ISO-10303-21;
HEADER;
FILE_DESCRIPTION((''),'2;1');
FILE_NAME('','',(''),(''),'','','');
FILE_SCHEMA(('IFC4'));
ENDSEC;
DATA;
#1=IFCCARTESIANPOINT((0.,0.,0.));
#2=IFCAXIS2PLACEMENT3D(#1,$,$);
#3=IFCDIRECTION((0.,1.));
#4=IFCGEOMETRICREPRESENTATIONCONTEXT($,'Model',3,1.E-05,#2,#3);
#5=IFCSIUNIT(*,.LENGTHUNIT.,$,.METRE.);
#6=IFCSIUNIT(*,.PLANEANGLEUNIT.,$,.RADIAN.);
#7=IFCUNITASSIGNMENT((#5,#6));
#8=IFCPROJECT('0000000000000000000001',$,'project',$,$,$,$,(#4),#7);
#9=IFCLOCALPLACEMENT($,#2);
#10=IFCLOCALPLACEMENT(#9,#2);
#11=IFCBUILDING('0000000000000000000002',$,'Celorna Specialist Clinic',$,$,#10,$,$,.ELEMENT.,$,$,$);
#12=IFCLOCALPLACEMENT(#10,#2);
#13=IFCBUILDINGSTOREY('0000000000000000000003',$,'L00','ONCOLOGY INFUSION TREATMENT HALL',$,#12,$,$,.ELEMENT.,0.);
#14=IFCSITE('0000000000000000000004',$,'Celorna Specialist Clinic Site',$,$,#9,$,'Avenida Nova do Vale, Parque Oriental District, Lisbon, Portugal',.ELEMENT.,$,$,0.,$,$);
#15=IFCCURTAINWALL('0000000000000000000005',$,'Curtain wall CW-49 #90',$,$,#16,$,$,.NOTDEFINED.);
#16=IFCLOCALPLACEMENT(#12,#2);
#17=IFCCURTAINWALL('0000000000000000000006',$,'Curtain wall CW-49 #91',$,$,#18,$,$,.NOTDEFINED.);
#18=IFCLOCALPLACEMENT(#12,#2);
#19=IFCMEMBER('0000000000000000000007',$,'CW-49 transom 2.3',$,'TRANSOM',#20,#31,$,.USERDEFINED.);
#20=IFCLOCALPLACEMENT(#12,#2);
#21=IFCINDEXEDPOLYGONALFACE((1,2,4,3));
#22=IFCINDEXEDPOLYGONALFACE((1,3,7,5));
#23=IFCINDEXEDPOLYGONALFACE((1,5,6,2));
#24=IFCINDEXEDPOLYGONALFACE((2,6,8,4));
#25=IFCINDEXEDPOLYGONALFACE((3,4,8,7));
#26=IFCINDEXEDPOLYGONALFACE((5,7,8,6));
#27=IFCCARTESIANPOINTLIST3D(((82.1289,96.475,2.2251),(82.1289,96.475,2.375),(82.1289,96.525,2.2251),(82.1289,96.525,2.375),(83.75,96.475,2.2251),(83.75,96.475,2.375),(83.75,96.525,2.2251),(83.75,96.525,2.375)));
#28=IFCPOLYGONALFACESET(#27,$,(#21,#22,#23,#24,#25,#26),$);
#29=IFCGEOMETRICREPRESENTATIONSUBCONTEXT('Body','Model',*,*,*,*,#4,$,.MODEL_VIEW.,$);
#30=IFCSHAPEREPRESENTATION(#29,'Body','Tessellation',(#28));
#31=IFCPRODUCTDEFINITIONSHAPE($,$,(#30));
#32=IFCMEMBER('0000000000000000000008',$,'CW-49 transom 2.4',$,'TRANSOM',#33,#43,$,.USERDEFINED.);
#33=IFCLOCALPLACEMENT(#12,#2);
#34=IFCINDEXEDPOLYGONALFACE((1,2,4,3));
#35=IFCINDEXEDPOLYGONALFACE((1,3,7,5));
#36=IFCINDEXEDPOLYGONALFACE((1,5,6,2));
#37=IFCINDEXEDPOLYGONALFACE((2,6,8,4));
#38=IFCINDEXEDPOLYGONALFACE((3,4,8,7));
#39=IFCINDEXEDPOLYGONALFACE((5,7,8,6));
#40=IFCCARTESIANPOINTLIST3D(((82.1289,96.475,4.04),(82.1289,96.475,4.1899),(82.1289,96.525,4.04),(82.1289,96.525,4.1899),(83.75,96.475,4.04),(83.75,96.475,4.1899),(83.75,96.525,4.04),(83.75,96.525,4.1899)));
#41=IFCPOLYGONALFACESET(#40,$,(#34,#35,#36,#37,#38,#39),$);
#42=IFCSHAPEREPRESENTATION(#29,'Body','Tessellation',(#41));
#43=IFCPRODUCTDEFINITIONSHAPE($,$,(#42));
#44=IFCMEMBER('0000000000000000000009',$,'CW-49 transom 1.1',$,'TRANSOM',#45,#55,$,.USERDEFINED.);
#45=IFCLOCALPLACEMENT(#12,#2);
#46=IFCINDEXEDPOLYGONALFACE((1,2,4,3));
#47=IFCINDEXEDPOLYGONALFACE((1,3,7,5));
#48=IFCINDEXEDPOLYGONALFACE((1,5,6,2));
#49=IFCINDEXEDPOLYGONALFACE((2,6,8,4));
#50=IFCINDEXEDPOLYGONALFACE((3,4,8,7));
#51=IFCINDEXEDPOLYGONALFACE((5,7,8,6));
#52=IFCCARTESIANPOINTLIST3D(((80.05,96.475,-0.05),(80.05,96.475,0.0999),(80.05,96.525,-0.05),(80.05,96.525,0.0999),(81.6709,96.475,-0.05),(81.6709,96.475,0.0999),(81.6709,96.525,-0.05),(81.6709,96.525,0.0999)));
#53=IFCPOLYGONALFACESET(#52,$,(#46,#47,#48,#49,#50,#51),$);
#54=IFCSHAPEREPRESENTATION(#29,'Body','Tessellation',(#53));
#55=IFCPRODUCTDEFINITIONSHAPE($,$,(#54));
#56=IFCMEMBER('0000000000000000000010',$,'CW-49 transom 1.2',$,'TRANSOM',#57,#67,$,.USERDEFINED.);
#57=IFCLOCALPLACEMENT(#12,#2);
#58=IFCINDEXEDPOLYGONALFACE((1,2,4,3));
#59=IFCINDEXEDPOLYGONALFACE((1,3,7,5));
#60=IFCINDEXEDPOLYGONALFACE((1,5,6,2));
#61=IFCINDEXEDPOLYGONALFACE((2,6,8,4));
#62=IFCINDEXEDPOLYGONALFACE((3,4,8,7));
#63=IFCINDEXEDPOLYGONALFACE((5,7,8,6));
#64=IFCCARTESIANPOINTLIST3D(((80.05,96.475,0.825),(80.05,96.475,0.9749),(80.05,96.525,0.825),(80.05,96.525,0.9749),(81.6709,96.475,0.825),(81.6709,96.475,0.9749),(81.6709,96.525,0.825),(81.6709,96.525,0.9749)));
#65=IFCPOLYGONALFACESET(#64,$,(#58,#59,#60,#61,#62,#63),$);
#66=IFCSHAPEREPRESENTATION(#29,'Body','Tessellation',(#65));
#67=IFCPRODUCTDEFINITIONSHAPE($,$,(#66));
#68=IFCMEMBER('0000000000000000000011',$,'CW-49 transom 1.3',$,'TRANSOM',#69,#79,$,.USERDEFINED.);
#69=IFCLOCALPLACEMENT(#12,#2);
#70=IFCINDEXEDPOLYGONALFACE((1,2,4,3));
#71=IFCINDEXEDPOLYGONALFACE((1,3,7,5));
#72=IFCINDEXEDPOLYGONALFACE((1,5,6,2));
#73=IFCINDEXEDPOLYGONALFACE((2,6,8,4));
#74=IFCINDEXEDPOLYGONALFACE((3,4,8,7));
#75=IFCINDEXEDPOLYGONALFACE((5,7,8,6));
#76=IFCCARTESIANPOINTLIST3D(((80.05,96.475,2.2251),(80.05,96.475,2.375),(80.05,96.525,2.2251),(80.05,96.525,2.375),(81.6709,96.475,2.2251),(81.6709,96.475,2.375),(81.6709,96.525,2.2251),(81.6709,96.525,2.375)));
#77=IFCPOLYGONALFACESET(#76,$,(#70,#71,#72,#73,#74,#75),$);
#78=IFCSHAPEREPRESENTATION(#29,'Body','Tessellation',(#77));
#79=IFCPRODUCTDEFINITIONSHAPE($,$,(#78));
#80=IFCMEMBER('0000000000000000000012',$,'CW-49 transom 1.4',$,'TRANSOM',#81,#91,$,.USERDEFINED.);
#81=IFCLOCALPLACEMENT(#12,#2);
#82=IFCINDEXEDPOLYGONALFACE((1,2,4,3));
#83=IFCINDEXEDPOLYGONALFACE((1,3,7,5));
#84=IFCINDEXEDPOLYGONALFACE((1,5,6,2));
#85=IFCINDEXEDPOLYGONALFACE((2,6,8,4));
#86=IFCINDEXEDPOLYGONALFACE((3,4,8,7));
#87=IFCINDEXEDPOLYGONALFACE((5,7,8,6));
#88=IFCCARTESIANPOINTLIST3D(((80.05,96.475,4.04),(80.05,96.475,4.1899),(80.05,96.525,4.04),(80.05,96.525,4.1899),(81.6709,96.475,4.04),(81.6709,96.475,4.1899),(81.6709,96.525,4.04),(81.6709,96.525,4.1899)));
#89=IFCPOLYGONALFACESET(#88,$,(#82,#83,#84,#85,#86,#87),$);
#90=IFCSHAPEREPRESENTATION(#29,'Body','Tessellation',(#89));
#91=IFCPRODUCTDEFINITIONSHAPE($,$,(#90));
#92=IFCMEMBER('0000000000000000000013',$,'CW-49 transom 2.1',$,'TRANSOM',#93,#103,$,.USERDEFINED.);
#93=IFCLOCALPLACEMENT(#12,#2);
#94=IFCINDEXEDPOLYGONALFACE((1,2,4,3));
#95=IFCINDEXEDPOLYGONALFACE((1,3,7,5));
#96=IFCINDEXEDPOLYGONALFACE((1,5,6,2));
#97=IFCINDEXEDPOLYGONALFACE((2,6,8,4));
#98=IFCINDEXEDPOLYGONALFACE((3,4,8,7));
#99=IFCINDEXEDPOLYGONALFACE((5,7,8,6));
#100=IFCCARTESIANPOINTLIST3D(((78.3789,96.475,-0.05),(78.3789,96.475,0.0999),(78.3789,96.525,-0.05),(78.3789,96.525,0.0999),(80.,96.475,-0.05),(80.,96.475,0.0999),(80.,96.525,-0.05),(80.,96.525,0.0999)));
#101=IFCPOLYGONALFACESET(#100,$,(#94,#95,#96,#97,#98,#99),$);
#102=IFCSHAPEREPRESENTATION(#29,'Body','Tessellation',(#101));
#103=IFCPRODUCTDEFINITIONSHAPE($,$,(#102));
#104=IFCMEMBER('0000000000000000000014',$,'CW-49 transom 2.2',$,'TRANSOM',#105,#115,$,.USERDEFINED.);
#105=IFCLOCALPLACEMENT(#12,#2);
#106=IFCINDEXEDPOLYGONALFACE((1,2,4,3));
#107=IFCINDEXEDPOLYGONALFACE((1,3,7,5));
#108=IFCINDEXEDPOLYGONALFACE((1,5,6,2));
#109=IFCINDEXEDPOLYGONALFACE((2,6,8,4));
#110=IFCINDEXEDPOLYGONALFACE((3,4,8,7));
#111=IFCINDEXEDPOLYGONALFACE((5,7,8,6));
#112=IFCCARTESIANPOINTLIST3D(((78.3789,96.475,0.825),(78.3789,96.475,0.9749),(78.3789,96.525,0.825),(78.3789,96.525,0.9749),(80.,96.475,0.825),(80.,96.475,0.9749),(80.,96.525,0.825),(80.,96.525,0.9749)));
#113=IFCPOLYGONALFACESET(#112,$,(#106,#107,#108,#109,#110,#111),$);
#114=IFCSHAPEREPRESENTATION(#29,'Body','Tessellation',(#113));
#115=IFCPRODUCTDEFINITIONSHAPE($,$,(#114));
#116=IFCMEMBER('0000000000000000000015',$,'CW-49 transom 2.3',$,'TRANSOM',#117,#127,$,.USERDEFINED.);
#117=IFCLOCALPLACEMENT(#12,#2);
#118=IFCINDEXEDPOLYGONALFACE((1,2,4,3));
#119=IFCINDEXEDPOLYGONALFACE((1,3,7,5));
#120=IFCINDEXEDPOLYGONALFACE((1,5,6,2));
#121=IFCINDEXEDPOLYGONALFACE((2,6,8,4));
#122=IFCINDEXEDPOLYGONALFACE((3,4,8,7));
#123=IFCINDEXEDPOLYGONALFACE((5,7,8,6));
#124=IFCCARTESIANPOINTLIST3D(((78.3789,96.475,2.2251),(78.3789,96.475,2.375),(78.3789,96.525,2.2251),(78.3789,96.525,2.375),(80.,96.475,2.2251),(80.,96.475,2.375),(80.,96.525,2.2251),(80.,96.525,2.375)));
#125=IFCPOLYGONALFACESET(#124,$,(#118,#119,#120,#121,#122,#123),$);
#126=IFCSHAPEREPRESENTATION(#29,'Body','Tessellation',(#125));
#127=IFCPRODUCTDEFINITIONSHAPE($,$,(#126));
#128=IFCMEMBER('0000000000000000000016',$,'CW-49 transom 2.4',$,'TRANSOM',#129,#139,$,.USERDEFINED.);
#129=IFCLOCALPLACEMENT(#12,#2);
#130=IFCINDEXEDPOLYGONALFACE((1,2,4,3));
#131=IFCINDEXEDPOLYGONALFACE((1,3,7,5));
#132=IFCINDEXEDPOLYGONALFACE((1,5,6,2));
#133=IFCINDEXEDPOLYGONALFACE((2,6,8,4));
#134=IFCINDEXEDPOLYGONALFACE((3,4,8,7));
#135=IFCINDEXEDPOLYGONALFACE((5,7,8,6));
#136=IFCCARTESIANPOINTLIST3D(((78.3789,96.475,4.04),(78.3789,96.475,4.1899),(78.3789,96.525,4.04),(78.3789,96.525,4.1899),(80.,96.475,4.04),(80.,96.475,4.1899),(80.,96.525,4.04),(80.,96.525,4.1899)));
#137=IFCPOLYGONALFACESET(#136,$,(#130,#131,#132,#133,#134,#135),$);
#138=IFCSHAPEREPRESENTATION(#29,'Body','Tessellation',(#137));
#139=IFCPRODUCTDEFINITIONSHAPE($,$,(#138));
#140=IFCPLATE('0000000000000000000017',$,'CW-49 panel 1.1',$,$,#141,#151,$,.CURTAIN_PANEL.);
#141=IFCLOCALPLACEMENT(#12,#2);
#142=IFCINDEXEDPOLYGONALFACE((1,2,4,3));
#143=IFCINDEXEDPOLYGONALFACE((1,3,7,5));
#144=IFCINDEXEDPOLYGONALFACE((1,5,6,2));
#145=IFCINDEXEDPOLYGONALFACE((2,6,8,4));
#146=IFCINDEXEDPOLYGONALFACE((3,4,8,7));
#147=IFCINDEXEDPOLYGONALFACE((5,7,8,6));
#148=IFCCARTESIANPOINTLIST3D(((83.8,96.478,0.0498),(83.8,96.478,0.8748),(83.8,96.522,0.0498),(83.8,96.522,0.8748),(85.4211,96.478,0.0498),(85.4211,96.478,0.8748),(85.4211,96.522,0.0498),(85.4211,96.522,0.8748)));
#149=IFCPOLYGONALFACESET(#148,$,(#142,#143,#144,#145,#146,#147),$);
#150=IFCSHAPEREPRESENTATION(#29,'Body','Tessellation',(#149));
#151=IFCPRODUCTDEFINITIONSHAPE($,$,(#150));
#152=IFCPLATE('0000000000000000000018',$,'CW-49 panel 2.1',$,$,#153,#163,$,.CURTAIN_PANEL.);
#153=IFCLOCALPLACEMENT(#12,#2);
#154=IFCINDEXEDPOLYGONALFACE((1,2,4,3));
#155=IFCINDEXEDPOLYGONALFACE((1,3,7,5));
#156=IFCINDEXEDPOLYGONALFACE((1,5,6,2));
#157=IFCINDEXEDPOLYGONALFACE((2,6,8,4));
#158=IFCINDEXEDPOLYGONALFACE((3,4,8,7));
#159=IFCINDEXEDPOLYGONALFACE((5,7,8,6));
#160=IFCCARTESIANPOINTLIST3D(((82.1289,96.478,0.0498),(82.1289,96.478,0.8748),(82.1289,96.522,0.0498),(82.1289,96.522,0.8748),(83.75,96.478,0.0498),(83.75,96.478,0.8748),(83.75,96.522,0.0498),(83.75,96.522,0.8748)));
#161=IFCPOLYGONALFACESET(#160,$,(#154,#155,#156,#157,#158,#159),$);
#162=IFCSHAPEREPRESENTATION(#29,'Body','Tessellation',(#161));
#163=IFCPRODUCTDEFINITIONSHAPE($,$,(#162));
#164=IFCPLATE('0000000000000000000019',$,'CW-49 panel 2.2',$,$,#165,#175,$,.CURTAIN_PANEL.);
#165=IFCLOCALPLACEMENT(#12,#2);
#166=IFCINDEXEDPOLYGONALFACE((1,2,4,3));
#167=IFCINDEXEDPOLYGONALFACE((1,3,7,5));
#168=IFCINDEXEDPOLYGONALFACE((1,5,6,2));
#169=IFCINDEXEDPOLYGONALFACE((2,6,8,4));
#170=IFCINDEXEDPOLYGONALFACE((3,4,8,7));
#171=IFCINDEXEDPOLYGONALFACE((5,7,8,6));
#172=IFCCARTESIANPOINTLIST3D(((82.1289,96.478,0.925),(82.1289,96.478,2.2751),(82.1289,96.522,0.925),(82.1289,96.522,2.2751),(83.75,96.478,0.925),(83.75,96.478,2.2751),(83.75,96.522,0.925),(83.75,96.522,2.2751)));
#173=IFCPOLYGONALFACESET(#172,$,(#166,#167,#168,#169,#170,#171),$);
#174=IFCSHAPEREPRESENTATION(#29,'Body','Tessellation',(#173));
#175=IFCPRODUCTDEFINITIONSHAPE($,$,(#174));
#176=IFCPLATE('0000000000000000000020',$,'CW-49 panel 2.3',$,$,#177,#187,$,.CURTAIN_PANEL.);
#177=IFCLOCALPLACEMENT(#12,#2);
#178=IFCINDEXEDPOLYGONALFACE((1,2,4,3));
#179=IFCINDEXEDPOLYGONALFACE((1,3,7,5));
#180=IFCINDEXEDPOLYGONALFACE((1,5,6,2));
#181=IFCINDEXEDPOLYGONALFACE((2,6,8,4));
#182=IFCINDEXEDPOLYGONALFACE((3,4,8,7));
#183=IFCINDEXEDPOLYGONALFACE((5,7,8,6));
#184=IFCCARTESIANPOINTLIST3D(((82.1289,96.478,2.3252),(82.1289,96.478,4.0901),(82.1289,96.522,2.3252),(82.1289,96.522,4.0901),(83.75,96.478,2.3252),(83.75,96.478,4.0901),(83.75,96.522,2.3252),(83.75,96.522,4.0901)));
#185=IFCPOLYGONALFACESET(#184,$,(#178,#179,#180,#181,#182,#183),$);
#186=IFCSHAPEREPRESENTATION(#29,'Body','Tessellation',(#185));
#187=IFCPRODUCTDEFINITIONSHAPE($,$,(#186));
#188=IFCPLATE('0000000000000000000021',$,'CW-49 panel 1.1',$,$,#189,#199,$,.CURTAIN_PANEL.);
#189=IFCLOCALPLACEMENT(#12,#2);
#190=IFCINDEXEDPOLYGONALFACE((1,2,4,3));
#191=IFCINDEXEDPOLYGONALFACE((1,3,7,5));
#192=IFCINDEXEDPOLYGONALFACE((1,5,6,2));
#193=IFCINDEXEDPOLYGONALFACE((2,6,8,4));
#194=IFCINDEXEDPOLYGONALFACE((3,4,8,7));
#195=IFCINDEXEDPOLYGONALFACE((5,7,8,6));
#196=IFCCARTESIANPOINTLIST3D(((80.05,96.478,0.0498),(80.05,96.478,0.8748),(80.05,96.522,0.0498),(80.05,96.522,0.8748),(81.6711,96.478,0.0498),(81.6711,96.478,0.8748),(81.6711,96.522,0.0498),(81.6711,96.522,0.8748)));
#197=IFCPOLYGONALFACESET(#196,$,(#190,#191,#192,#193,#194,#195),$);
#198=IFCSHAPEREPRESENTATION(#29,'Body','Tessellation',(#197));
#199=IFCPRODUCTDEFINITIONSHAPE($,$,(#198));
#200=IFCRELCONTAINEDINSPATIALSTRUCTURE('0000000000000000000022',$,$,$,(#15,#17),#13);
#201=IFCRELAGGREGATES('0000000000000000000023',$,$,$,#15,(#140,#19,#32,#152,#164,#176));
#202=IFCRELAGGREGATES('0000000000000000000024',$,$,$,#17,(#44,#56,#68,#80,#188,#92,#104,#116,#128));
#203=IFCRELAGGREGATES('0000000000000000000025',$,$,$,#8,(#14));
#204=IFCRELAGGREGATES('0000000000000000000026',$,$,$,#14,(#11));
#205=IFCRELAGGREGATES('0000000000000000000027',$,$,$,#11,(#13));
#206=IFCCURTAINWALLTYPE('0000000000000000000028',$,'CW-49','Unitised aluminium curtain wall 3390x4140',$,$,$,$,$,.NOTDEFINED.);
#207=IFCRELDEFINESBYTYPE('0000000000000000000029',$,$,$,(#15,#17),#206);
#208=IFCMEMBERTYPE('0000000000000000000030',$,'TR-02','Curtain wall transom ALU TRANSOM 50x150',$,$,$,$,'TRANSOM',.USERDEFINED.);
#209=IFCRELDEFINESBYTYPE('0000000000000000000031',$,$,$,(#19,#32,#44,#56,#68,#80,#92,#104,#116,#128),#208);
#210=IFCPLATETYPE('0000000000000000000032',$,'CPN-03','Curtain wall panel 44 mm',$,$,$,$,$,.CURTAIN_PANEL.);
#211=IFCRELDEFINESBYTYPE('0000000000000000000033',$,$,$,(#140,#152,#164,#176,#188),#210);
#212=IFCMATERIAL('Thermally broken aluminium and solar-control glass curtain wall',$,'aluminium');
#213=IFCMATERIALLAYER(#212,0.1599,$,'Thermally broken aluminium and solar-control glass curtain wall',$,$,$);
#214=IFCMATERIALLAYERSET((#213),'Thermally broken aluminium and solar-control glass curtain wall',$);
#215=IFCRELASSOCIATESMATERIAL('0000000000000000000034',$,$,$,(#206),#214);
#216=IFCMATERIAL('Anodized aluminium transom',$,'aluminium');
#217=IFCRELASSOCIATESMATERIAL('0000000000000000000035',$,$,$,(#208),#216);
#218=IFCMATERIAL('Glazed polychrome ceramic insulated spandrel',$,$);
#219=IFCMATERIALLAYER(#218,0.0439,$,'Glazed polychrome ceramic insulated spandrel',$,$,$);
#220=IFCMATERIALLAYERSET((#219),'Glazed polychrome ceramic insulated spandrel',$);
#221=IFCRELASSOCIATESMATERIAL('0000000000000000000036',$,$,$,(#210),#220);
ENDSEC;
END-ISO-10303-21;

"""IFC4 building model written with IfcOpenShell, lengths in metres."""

from ifc_helpers import new_model, si_unit, direction, frame, origin, origin_2d, place, context, subcontext, project, spatial, rectangle, extrude, material, layer, layer_set, material_profile, profile_set, type_object, element, aggregate, save


model = new_model("IFC4")

# Units and contexts
model_context = context("Model", 3, precision=1e-05, world=origin(), true_north=direction((0.0, 1.0)))
body_context = subcontext(model_context, "Body", "Model", "MODEL_VIEW")
ifc_project = project(units=[si_unit("LENGTHUNIT", "METRE"), si_unit("PLANEANGLEUNIT", "RADIAN")], contexts=[model_context])

# Site, building, storey
site_placement = place(None, origin())
site = spatial("IfcSite", under=ifc_project, at=site_placement, Name="Celorna Specialist Clinic Site", LongName="Avenida Nova do Vale, Parque Oriental District, Lisbon, Portugal", CompositionType="ELEMENT", RefElevation=0.0)
building_placement = place(site_placement, origin())
building = spatial("IfcBuilding", under=site, at=building_placement, Name="Celorna Specialist Clinic", CompositionType="ELEMENT")
storey_placement = place(building_placement, origin())
storey = spatial("IfcBuildingStorey", under=building, at=storey_placement, Name="L00", Description="ONCOLOGY INFUSION TREATMENT HALL", CompositionType="ELEMENT", Elevation=0.0)

# Curtain walls
ifc_material_1 = material(Name="Thermally broken aluminium and solar-control glass curtain wall", Category="aluminium")
ifc_layer_1 = layer(ifc_material_1, 0.1599, Name="Thermally broken aluminium and solar-control glass curtain wall")
ifc_layer_set_1 = layer_set([ifc_layer_1], Name="Thermally broken aluminium and solar-control glass curtain wall")
curtain_wall_type = type_object("IfcCurtainWallType", Name="CW-49", Description="Unitised aluminium curtain wall 3390x4140", PredefinedType="NOTDEFINED", material=ifc_layer_set_1)
curtain_wall_1_placement = place(storey_placement, origin())
curtain_wall_1 = element("IfcCurtainWall", 1, at=curtain_wall_1_placement, inside=storey, type_object=curtain_wall_type, Name="Curtain wall CW-49 #90", PredefinedType="NOTDEFINED")
curtain_wall_2_placement = place(storey_placement, origin())
curtain_wall_2 = element("IfcCurtainWall", 2, at=curtain_wall_2_placement, inside=storey, type_object=curtain_wall_type, Name="Curtain wall CW-49 #91", PredefinedType="NOTDEFINED")

# Members
ifc_material_2 = material(Name="Anodized aluminium transom", Category="aluminium")
ifc_material_profile_1 = material_profile(ifc_material_2, rectangle(XDim=0.05, YDim=0.1499, at=origin_2d()), Name="ALU TRANSOM 50x150")
ifc_profile_set_1 = profile_set([ifc_material_profile_1], Name="Anodized aluminium transom")
member_type_1 = type_object("IfcMemberType", Name="TR-02", Description="Curtain wall transom ALU TRANSOM 50x150", ElementType="TRANSOM", PredefinedType="USERDEFINED", material=ifc_profile_set_1)
member_1_placement = place(storey_placement, frame((83.75, 96.5, 2.3), z_axis=(-1.0, 0.0, 0.0), x_axis=(0.0, -1.0, 0.0)))
member_1 = element("IfcMember", 3, at=member_1_placement, type_object=member_type_1, Name="CW-49 transom 2.3", ObjectType="TRANSOM", PredefinedType="USERDEFINED", context=body_context, shape_type="SweptSolid", body=[
    extrude(rectangle(XDim=0.05, YDim=0.1499, at=origin_2d()), origin(), (0.0, 0.0, 1.0), 1.6211),
])
member_2_placement = place(storey_placement, frame((83.75, 96.5, 4.115), z_axis=(-1.0, 0.0, 0.0), x_axis=(0.0, -1.0, 0.0)))
member_2 = element("IfcMember", 4, at=member_2_placement, type_object=member_type_1, Name="CW-49 transom 2.4", ObjectType="TRANSOM", PredefinedType="USERDEFINED", context=body_context, shape_type="SweptSolid", body=[
    extrude(rectangle(XDim=0.05, YDim=0.1499, at=origin_2d()), origin(), (0.0, 0.0, 1.0), 1.6211),
])
member_3_placement = place(storey_placement, frame((81.6709, 96.5, 0.0249), z_axis=(-1.0, 0.0, 0.0), x_axis=(0.0, -1.0, 0.0)))
member_3 = element("IfcMember", 5, at=member_3_placement, type_object=member_type_1, Name="CW-49 transom 1.1", ObjectType="TRANSOM", PredefinedType="USERDEFINED", context=body_context, shape_type="SweptSolid", body=[
    extrude(rectangle(XDim=0.05, YDim=0.1499, at=origin_2d()), origin(), (0.0, 0.0, 1.0), 1.6208),
])
member_4_placement = place(storey_placement, frame((81.6709, 96.5, 0.8999), z_axis=(-1.0, 0.0, 0.0), x_axis=(0.0, -1.0, 0.0)))
member_4 = element("IfcMember", 6, at=member_4_placement, type_object=member_type_1, Name="CW-49 transom 1.2", ObjectType="TRANSOM", PredefinedType="USERDEFINED", context=body_context, shape_type="SweptSolid", body=[
    extrude(rectangle(XDim=0.05, YDim=0.1499, at=origin_2d()), origin(), (0.0, 0.0, 1.0), 1.6208),
])
member_5_placement = place(storey_placement, frame((81.6709, 96.5, 2.3), z_axis=(-1.0, 0.0, 0.0), x_axis=(0.0, -1.0, 0.0)))
member_5 = element("IfcMember", 7, at=member_5_placement, type_object=member_type_1, Name="CW-49 transom 1.3", ObjectType="TRANSOM", PredefinedType="USERDEFINED", context=body_context, shape_type="SweptSolid", body=[
    extrude(rectangle(XDim=0.05, YDim=0.1499, at=origin_2d()), origin(), (0.0, 0.0, 1.0), 1.6208),
])
member_6_placement = place(storey_placement, frame((81.6709, 96.5, 4.115), z_axis=(-1.0, 0.0, 0.0), x_axis=(0.0, -1.0, 0.0)))
member_6 = element("IfcMember", 8, at=member_6_placement, type_object=member_type_1, Name="CW-49 transom 1.4", ObjectType="TRANSOM", PredefinedType="USERDEFINED", context=body_context, shape_type="SweptSolid", body=[
    extrude(rectangle(XDim=0.05, YDim=0.1499, at=origin_2d()), origin(), (0.0, 0.0, 1.0), 1.6208),
])
member_7_placement = place(storey_placement, frame((80.0, 96.5, 0.0249), z_axis=(-1.0, 0.0, 0.0), x_axis=(0.0, -1.0, 0.0)))
member_7 = element("IfcMember", 9, at=member_7_placement, type_object=member_type_1, Name="CW-49 transom 2.1", ObjectType="TRANSOM", PredefinedType="USERDEFINED", context=body_context, shape_type="SweptSolid", body=[
    extrude(rectangle(XDim=0.05, YDim=0.1499, at=origin_2d()), origin(), (0.0, 0.0, 1.0), 1.6211),
])
member_8_placement = place(storey_placement, frame((80.0, 96.5, 0.8999), z_axis=(-1.0, 0.0, 0.0), x_axis=(0.0, -1.0, 0.0)))
member_8 = element("IfcMember", 10, at=member_8_placement, type_object=member_type_1, Name="CW-49 transom 2.2", ObjectType="TRANSOM", PredefinedType="USERDEFINED", context=body_context, shape_type="SweptSolid", body=[
    extrude(rectangle(XDim=0.05, YDim=0.1499, at=origin_2d()), origin(), (0.0, 0.0, 1.0), 1.6211),
])
member_9_placement = place(storey_placement, frame((80.0, 96.5, 2.3), z_axis=(-1.0, 0.0, 0.0), x_axis=(0.0, -1.0, 0.0)))
member_9 = element("IfcMember", 11, at=member_9_placement, type_object=member_type_1, Name="CW-49 transom 2.3", ObjectType="TRANSOM", PredefinedType="USERDEFINED", context=body_context, shape_type="SweptSolid", body=[
    extrude(rectangle(XDim=0.05, YDim=0.1499, at=origin_2d()), origin(), (0.0, 0.0, 1.0), 1.6211),
])
member_10_placement = place(storey_placement, frame((80.0, 96.5, 4.115), z_axis=(-1.0, 0.0, 0.0), x_axis=(0.0, -1.0, 0.0)))
member_10 = element("IfcMember", 12, at=member_10_placement, type_object=member_type_1, Name="CW-49 transom 2.4", ObjectType="TRANSOM", PredefinedType="USERDEFINED", context=body_context, shape_type="SweptSolid", body=[
    extrude(rectangle(XDim=0.05, YDim=0.1499, at=origin_2d()), origin(), (0.0, 0.0, 1.0), 1.6211),
])

# Plates
ifc_material_3 = material(Name="Glazed polychrome ceramic insulated spandrel")
ifc_layer_2 = layer(ifc_material_3, 0.0439, Name="Glazed polychrome ceramic insulated spandrel")
ifc_layer_set_2 = layer_set([ifc_layer_2], Name="Glazed polychrome ceramic insulated spandrel")
plate_type = type_object("IfcPlateType", Name="CPN-03", Description="Curtain wall panel 44 mm", PredefinedType="CURTAIN_PANEL", material=ifc_layer_set_2)
plate_1_placement = place(storey_placement, frame((84.6106, 96.5, 0.0498), z_axis=(0.0, 0.0, 1.0), x_axis=(-1.0, 0.0, 0.0)))
plate_1 = element("IfcPlate", 13, at=plate_1_placement, type_object=plate_type, Name="CW-49 panel 1.1", PredefinedType="CURTAIN_PANEL", context=body_context, shape_type="SweptSolid", body=[
    extrude(rectangle(XDim=1.6211, YDim=0.0439, at=origin_2d()), origin(), (0.0, 0.0, 1.0), 0.825),
])
plate_2_placement = place(storey_placement, frame((82.9395, 96.5, 0.0498), z_axis=(0.0, 0.0, 1.0), x_axis=(-1.0, 0.0, 0.0)))
plate_2 = element("IfcPlate", 14, at=plate_2_placement, type_object=plate_type, Name="CW-49 panel 2.1", PredefinedType="CURTAIN_PANEL", context=body_context, shape_type="SweptSolid", body=[
    extrude(rectangle(XDim=1.6211, YDim=0.0439, at=origin_2d()), origin(), (0.0, 0.0, 1.0), 0.825),
])
plate_3_placement = place(storey_placement, frame((82.9395, 96.5, 0.925), z_axis=(0.0, 0.0, 1.0), x_axis=(-1.0, 0.0, 0.0)))
plate_3 = element("IfcPlate", 15, at=plate_3_placement, type_object=plate_type, Name="CW-49 panel 2.2", PredefinedType="CURTAIN_PANEL", context=body_context, shape_type="SweptSolid", body=[
    extrude(rectangle(XDim=1.6211, YDim=0.0439, at=origin_2d()), origin(), (0.0, 0.0, 1.0), 1.3501),
])
plate_4_placement = place(storey_placement, frame((82.9395, 96.5, 2.3252), z_axis=(0.0, 0.0, 1.0), x_axis=(-1.0, 0.0, 0.0)))
plate_4 = element("IfcPlate", 16, at=plate_4_placement, type_object=plate_type, Name="CW-49 panel 2.3", PredefinedType="CURTAIN_PANEL", context=body_context, shape_type="SweptSolid", body=[
    extrude(rectangle(XDim=1.6211, YDim=0.0439, at=origin_2d()), origin(), (0.0, 0.0, 1.0), 1.7649),
])
aggregate(curtain_wall_1, [plate_1, member_1, member_2, plate_2, plate_3, plate_4])
plate_5_placement = place(storey_placement, frame((80.8606, 96.5, 0.0498), z_axis=(0.0, 0.0, 1.0), x_axis=(-1.0, 0.0, 0.0)))
plate_5 = element("IfcPlate", 17, at=plate_5_placement, type_object=plate_type, Name="CW-49 panel 1.1", PredefinedType="CURTAIN_PANEL", context=body_context, shape_type="SweptSolid", body=[
    extrude(rectangle(XDim=1.6211, YDim=0.0439, at=origin_2d()), origin(), (0.0, 0.0, 1.0), 0.825),
])
aggregate(curtain_wall_2, [member_3, member_4, member_5, member_6, plate_5, member_7, member_8, member_9, member_10])

save(model, "model.ifc")
